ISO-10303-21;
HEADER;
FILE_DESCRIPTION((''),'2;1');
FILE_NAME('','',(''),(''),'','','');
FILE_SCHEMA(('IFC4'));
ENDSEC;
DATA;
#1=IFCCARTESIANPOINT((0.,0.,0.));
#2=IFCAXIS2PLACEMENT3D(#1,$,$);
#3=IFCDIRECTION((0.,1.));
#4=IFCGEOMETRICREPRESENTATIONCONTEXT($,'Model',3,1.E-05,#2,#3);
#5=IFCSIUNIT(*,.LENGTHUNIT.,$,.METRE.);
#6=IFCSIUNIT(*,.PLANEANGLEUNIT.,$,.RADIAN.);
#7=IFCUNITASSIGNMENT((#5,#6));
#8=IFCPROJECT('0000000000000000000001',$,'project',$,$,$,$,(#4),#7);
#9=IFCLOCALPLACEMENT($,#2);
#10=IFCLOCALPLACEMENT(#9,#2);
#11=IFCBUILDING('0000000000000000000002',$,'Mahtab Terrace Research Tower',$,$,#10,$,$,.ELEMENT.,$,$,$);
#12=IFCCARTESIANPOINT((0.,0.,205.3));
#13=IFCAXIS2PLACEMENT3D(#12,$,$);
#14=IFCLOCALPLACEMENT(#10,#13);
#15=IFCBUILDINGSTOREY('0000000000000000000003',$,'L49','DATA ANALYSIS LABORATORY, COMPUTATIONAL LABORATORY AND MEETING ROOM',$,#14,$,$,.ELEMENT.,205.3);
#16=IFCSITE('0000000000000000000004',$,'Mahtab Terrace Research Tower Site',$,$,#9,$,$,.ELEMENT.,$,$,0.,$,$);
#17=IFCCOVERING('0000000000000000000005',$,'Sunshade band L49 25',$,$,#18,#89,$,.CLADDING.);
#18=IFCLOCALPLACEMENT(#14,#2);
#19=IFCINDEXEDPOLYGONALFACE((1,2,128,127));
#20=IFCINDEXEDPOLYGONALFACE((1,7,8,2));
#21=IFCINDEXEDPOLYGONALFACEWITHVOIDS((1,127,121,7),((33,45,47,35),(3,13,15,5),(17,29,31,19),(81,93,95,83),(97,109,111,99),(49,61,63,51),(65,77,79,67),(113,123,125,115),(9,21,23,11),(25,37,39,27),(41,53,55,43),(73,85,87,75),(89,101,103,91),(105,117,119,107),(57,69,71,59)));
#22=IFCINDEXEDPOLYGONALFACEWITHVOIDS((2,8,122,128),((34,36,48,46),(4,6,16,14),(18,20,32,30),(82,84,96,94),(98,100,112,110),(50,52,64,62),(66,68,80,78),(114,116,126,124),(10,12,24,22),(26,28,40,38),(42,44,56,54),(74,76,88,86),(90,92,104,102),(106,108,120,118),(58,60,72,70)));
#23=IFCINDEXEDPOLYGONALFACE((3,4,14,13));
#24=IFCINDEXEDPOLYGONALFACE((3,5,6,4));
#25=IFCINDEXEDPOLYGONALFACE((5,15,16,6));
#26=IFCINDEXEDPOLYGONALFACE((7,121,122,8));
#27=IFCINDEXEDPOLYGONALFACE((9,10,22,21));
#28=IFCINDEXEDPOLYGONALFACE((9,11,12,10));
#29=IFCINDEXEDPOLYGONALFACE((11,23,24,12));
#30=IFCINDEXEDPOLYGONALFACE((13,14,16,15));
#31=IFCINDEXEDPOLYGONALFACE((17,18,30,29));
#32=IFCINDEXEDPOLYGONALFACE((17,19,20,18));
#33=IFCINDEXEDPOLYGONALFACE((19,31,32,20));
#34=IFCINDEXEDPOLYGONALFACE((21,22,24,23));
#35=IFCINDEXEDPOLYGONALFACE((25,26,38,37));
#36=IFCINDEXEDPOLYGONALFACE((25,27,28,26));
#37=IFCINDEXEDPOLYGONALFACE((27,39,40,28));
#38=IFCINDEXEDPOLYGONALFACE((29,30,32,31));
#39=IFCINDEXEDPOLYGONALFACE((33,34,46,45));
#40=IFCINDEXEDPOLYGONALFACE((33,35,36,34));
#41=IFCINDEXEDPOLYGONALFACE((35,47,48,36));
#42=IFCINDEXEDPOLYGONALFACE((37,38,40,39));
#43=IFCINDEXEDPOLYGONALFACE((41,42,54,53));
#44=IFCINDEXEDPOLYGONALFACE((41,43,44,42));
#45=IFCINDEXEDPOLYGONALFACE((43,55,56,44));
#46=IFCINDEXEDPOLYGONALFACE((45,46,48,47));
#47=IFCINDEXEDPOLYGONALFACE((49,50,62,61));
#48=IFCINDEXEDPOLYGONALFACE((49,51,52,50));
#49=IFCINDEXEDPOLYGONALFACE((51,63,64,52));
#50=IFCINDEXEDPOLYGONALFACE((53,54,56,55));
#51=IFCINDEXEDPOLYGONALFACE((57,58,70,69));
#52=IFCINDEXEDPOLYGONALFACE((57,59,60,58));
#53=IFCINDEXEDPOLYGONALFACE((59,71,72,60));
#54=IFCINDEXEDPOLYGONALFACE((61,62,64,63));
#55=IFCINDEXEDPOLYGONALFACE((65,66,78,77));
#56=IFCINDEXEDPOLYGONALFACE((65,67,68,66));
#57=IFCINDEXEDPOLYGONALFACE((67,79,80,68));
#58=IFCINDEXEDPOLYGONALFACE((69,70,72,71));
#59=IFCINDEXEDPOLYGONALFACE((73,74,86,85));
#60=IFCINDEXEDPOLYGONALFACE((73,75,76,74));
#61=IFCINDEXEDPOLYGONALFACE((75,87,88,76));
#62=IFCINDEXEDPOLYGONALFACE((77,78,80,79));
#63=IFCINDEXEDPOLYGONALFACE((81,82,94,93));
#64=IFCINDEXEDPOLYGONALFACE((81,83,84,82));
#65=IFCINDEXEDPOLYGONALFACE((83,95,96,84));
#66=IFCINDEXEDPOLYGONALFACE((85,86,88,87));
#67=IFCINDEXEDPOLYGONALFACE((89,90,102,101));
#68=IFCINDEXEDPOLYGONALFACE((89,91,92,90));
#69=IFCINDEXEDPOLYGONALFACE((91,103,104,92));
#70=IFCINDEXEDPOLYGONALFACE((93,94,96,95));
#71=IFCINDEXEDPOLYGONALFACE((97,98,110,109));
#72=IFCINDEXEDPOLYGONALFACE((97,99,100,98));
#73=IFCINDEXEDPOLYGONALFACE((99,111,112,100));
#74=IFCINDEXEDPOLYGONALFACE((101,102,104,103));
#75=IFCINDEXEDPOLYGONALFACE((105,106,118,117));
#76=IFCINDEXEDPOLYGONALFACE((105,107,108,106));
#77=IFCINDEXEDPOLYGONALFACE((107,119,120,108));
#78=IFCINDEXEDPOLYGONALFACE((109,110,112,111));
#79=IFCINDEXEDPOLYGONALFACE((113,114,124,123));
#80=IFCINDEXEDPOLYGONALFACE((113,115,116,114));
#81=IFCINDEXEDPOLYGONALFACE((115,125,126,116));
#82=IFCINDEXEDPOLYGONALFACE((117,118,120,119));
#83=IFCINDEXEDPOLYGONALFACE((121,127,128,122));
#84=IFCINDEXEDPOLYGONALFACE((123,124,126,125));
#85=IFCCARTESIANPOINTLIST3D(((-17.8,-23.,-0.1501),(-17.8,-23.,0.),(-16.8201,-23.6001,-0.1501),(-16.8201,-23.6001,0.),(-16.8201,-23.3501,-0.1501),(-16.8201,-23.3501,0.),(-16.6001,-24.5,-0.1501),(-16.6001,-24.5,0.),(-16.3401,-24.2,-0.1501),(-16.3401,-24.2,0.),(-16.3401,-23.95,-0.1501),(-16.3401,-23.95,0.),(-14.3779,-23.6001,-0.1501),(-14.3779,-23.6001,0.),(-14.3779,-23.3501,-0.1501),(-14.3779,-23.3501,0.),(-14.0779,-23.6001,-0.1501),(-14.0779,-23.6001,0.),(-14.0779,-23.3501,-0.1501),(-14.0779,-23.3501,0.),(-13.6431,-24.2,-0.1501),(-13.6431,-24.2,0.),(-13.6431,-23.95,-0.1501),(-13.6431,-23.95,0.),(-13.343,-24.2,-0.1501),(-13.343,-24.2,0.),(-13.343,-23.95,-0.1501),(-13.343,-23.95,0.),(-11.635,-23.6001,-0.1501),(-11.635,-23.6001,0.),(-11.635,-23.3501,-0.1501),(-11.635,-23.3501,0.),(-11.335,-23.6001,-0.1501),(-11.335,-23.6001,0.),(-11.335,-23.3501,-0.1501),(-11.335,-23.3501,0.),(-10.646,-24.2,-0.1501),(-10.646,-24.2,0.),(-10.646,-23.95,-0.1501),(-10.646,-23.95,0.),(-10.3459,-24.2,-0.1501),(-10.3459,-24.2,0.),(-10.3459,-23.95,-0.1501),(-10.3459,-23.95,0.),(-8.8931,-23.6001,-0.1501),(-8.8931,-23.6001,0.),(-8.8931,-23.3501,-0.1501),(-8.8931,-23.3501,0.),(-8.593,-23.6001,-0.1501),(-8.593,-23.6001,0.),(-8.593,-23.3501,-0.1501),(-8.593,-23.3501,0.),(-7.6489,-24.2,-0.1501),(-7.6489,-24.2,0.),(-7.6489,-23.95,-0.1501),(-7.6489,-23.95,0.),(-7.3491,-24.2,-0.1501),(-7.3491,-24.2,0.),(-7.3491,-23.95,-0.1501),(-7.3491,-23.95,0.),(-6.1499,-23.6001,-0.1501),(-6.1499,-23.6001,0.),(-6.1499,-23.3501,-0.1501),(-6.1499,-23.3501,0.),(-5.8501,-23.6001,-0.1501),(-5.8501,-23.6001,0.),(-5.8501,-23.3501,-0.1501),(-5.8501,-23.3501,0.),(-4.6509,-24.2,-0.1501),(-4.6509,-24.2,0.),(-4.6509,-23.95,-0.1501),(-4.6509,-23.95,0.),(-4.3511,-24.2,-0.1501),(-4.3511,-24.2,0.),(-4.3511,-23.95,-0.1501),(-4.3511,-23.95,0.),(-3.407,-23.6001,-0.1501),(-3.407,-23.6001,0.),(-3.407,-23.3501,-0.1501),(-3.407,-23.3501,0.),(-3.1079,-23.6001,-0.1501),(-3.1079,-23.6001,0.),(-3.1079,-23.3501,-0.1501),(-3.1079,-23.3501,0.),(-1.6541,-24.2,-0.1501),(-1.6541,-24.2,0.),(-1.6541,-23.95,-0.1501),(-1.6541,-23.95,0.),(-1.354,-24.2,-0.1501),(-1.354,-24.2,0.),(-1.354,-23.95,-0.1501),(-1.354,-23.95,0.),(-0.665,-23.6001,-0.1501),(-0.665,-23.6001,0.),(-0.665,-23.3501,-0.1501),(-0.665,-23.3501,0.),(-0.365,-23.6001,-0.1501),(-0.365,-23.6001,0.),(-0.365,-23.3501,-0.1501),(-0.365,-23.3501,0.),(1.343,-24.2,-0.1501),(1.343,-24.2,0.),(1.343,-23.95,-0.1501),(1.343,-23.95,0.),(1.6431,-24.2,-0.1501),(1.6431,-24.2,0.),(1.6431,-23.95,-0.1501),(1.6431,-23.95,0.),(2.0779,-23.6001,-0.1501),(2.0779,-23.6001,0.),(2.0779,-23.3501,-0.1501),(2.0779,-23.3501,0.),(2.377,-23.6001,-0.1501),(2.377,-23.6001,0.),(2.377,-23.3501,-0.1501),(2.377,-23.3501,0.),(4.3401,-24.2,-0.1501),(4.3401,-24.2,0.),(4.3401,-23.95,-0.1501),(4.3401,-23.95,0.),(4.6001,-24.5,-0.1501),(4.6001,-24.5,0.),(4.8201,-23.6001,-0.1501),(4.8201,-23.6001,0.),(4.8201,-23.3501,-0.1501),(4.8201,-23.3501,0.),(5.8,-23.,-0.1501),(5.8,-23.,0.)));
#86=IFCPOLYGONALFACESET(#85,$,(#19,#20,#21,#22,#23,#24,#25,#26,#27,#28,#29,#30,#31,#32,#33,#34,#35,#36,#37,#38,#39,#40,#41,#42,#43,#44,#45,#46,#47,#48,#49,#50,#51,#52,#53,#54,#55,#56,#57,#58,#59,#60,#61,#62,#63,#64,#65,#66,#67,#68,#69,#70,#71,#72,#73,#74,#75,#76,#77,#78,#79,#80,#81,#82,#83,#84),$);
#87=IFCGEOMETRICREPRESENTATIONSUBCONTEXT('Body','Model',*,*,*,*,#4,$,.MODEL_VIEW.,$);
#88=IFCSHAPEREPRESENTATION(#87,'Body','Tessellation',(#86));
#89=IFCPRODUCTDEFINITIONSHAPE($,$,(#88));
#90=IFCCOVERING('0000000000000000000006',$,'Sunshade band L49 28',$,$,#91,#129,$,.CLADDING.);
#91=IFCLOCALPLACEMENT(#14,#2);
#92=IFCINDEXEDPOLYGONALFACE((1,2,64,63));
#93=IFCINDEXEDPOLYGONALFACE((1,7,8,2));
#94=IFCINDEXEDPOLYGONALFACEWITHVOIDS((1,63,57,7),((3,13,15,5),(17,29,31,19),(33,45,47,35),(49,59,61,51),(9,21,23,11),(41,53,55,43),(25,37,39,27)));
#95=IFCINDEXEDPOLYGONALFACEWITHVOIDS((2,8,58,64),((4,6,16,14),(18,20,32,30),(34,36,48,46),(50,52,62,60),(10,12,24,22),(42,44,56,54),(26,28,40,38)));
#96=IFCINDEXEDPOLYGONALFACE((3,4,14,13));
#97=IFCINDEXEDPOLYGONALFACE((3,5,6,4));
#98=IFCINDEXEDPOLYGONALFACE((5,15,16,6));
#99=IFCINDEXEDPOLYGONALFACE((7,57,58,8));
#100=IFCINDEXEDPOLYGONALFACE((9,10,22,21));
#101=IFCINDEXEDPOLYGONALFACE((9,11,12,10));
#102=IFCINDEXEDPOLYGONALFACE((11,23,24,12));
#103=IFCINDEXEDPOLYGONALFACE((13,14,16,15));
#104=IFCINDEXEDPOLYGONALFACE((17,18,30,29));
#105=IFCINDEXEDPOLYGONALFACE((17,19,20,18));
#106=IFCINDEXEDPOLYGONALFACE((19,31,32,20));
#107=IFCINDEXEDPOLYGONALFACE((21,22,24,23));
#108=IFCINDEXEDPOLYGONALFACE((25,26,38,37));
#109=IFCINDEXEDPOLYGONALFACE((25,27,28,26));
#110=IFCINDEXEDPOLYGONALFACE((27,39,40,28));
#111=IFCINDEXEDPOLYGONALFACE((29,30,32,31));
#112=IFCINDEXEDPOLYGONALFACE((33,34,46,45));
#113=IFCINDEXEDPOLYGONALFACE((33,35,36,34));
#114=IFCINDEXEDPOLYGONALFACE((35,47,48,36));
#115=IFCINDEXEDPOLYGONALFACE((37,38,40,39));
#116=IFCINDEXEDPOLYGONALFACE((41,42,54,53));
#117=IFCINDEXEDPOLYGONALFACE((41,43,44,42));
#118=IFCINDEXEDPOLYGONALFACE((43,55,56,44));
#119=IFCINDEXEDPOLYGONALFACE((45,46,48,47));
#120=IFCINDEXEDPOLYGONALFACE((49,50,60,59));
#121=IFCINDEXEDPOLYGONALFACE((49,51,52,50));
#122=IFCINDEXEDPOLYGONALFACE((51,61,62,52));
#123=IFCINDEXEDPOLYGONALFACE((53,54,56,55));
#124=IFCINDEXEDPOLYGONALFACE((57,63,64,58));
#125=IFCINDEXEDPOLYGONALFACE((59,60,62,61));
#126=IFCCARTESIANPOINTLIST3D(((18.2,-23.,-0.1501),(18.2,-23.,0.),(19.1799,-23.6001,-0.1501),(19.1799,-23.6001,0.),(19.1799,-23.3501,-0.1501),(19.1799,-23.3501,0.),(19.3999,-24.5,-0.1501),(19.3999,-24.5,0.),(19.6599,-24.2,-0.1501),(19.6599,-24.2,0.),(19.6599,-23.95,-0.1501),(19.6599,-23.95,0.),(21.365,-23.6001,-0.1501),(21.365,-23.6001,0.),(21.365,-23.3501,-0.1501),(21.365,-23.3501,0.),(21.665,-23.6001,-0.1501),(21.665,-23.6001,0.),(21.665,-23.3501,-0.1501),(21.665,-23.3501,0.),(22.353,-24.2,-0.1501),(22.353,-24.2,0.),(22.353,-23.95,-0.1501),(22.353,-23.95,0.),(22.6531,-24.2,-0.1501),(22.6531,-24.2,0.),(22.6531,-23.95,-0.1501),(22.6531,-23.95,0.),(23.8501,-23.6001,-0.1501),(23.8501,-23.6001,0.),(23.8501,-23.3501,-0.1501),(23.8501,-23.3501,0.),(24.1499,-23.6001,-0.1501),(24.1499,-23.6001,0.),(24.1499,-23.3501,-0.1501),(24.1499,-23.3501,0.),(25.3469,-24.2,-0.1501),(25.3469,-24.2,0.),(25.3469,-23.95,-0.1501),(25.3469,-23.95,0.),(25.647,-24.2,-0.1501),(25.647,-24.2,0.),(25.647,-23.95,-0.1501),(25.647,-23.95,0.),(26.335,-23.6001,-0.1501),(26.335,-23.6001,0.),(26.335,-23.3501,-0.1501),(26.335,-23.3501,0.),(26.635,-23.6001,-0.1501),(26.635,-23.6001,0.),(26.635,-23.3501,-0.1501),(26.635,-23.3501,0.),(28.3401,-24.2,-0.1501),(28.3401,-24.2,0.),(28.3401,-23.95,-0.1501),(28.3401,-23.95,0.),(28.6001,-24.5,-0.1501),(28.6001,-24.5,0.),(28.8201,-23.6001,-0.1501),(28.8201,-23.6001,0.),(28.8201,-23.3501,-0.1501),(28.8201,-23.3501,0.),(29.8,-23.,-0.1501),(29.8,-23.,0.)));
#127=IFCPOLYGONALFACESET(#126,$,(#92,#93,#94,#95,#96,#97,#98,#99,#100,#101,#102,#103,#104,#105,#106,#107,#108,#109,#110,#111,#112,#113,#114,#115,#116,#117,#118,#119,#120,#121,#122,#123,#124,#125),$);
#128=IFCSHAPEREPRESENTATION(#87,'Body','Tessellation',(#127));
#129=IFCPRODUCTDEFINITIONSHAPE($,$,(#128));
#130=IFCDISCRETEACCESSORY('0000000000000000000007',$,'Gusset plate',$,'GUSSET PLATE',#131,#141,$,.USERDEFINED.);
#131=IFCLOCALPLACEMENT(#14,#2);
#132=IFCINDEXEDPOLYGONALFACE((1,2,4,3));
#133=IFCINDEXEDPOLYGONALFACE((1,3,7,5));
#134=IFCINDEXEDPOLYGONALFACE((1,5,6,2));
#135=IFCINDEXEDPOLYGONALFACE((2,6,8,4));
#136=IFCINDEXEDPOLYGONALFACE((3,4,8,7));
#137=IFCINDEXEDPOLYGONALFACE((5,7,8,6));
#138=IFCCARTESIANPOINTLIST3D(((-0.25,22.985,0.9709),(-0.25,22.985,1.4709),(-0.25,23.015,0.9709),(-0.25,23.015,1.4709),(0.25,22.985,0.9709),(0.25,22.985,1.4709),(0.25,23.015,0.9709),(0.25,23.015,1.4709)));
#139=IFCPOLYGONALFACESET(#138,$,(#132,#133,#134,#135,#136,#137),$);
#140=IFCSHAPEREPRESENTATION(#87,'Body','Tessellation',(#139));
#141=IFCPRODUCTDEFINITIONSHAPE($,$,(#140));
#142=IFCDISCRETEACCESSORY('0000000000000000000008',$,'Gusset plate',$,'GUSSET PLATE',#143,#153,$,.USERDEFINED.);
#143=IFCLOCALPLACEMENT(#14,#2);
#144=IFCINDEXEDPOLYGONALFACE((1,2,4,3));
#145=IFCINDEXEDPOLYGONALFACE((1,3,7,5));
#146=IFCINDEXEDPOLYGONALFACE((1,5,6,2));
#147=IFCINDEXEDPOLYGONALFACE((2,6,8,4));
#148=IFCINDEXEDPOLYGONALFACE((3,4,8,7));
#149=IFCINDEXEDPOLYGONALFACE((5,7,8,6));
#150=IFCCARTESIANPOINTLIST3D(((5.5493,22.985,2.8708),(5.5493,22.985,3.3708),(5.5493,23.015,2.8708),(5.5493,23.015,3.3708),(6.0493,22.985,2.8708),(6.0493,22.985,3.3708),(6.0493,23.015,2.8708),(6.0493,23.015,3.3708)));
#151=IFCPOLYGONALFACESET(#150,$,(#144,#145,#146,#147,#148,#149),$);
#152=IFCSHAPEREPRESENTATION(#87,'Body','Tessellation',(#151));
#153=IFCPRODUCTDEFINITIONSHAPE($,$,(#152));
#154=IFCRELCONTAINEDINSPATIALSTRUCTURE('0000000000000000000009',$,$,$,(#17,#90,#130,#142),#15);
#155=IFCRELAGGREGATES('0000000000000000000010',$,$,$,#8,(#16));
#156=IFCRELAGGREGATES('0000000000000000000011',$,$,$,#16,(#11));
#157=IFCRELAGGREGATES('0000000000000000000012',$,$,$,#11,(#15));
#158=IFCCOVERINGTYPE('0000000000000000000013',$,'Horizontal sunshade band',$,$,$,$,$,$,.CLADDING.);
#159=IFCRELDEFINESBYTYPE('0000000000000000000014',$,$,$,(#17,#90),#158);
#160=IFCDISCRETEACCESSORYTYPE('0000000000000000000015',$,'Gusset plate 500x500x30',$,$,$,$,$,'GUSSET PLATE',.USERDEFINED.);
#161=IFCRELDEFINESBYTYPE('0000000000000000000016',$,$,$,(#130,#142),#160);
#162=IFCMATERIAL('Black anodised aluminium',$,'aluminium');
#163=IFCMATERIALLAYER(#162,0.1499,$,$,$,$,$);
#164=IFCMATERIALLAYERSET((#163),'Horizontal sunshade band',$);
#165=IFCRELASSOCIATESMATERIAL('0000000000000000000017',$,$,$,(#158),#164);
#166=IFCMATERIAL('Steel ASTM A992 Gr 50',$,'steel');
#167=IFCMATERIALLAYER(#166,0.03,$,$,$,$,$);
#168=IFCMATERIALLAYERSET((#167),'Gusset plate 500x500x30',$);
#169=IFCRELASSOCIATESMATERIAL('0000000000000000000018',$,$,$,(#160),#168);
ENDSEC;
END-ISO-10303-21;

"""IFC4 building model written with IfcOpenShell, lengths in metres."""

from ifc_helpers import new_model, si_unit, direction, frame, origin, origin_2d, place, context, subcontext, project, spatial, polyline, rectangle, outline, extrude, material, layer, layer_set, type_object, element, save


model = new_model("IFC4")

# Units and contexts
model_context = context("Model", 3, precision=1e-05, world=origin(), true_north=direction((0.0, 1.0)))
body_context = subcontext(model_context, "Body", "Model", "MODEL_VIEW")
ifc_project = project(units=[si_unit("LENGTHUNIT", "METRE"), si_unit("PLANEANGLEUNIT", "RADIAN")], contexts=[model_context])

# Site, building, storey
site_placement = place(None, origin())
site = spatial("IfcSite", under=ifc_project, at=site_placement, Name="Mahtab Terrace Research Tower Site", CompositionType="ELEMENT", RefElevation=0.0)
building_placement = place(site_placement, origin())
building = spatial("IfcBuilding", under=site, at=building_placement, Name="Mahtab Terrace Research Tower", CompositionType="ELEMENT")
storey_placement = place(building_placement, frame((0.0, 0.0, 205.3)))
storey = spatial("IfcBuildingStorey", under=building, at=storey_placement, Name="L49", Description="DATA ANALYSIS LABORATORY, COMPUTATIONAL LABORATORY AND MEETING ROOM", CompositionType="ELEMENT", Elevation=205.3)

# Shared definitions
ifc_material_1 = material(Name="Steel ASTM A992 Gr 50", Category="steel")

# Coverings
ifc_material_2 = material(Name="Black anodised aluminium", Category="aluminium")
ifc_layer_1 = layer(ifc_material_2, 0.1499)
ifc_layer_set_1 = layer_set([ifc_layer_1], Name="Horizontal sunshade band")
covering_type_1 = type_object("IfcCoveringType", Name="Horizontal sunshade band", PredefinedType="CLADDING", material=ifc_layer_set_1)
covering_1_placement = place(storey_placement, frame((0.0, 0.0, -0.1501)))
element("IfcCovering", 1, at=covering_1_placement, inside=storey, type_object=covering_type_1, Name="Sunshade band L49 25", PredefinedType="CLADDING", context=body_context, shape_type="SweptSolid", body=[
    extrude(outline(polyline([(-17.8, -23.0), (5.8, -23.0), (4.6001, -24.5), (-16.6001, -24.5), (-17.8, -23.0)]), holes=[polyline([(-16.8201, -23.3501), (-14.3779, -23.3501), (-14.3779, -23.6001), (-16.8201, -23.6001), (-16.8201, -23.3501)]), polyline([(-14.0779, -23.3501), (-11.635, -23.3501), (-11.635, -23.6001), (-14.0779, -23.6001), (-14.0779, -23.3501)]), polyline([(-11.335, -23.3501), (-8.8931, -23.3501), (-8.8931, -23.6001), (-11.335, -23.6001), (-11.335, -23.3501)]), polyline([(-8.593, -23.3501), (-6.1499, -23.3501), (-6.1499, -23.6001), (-8.593, -23.6001), (-8.593, -23.3501)]), polyline([(-5.8501, -23.3501), (-3.407, -23.3501), (-3.407, -23.6001), (-5.8501, -23.6001), (-5.8501, -23.3501)]), polyline([(-3.1079, -23.3501), (-0.665, -23.3501), (-0.665, -23.6001), (-3.1079, -23.6001), (-3.1079, -23.3501)]), polyline([(-0.365, -23.3501), (2.0779, -23.3501), (2.0779, -23.6001), (-0.365, -23.6001), (-0.365, -23.3501)]), polyline([(2.377, -23.3501), (4.8201, -23.3501), (4.8201, -23.6001), (2.377, -23.6001), (2.377, -23.3501)]), polyline([(-16.3401, -23.95), (-13.6431, -23.95), (-13.6431, -24.2), (-16.3401, -24.2), (-16.3401, -23.95)]), polyline([(-13.343, -23.95), (-10.646, -23.95), (-10.646, -24.2), (-13.343, -24.2), (-13.343, -23.95)]), polyline([(-10.3459, -23.95), (-7.6489, -23.95), (-7.6489, -24.2), (-10.3459, -24.2), (-10.3459, -23.95)]), polyline([(-7.3491, -23.95), (-4.6509, -23.95), (-4.6509, -24.2), (-7.3491, -24.2), (-7.3491, -23.95)]), polyline([(-4.3511, -23.95), (-1.6541, -23.95), (-1.6541, -24.2), (-4.3511, -24.2), (-4.3511, -23.95)]), polyline([(-1.354, -23.95), (1.343, -23.95), (1.343, -24.2), (-1.354, -24.2), (-1.354, -23.95)]), polyline([(1.6431, -23.95), (4.3401, -23.95), (4.3401, -24.2), (1.6431, -24.2), (1.6431, -23.95)])]), origin(), (0.0, 0.0, 1.0), 0.1501),
])
covering_2_placement = place(storey_placement, frame((0.0, 0.0, -0.1501)))
element("IfcCovering", 2, at=covering_2_placement, inside=storey, type_object=covering_type_1, Name="Sunshade band L49 28", PredefinedType="CLADDING", context=body_context, shape_type="SweptSolid", body=[
    extrude(outline(polyline([(18.2, -23.0), (29.8, -23.0), (28.6001, -24.5), (19.3999, -24.5), (18.2, -23.0)]), holes=[polyline([(19.1799, -23.3501), (21.365, -23.3501), (21.365, -23.6001), (19.1799, -23.6001), (19.1799, -23.3501)]), polyline([(21.665, -23.3501), (23.8501, -23.3501), (23.8501, -23.6001), (21.665, -23.6001), (21.665, -23.3501)]), polyline([(24.1499, -23.3501), (26.335, -23.3501), (26.335, -23.6001), (24.1499, -23.6001), (24.1499, -23.3501)]), polyline([(26.635, -23.3501), (28.8201, -23.3501), (28.8201, -23.6001), (26.635, -23.6001), (26.635, -23.3501)]), polyline([(19.6599, -23.95), (22.353, -23.95), (22.353, -24.2), (19.6599, -24.2), (19.6599, -23.95)]), polyline([(22.6531, -23.95), (25.3469, -23.95), (25.3469, -24.2), (22.6531, -24.2), (22.6531, -23.95)]), polyline([(25.647, -23.95), (28.3401, -23.95), (28.3401, -24.2), (25.647, -24.2), (25.647, -23.95)])]), origin(), (0.0, 0.0, 1.0), 0.1501),
])

# Discrete accessories
ifc_layer_2 = layer(ifc_material_1, 0.03)
ifc_layer_set_2 = layer_set([ifc_layer_2], Name="Gusset plate 500x500x30")
discrete_accessory_type = type_object("IfcDiscreteAccessoryType", Name="Gusset plate 500x500x30", ElementType="GUSSET PLATE", PredefinedType="USERDEFINED", material=ifc_layer_set_2)
for number, where, z_axis, x_axis, name in (
    (3, (0.0, 23.0, 0.9709), (0.0, 0.0, 1.0), (1.0, 0.0, 0.0), "Gusset plate"),
    (4, (5.7993, 23.0, 2.8708), (0.0, 0.0, 1.0), (1.0, 0.0, 0.0), "Gusset plate"),
):
    element("IfcDiscreteAccessory", number, at=place(storey_placement, frame(where, z_axis=z_axis, x_axis=x_axis)), inside=storey, type_object=discrete_accessory_type, Name=name, ObjectType="GUSSET PLATE", PredefinedType="USERDEFINED", context=body_context, shape_type="SweptSolid", body=[
        extrude(rectangle(XDim=0.5, YDim=0.03, at=origin_2d()), origin(), (0.0, 0.0, 1.0), 0.5),
    ])

save(model, "model.ifc")
